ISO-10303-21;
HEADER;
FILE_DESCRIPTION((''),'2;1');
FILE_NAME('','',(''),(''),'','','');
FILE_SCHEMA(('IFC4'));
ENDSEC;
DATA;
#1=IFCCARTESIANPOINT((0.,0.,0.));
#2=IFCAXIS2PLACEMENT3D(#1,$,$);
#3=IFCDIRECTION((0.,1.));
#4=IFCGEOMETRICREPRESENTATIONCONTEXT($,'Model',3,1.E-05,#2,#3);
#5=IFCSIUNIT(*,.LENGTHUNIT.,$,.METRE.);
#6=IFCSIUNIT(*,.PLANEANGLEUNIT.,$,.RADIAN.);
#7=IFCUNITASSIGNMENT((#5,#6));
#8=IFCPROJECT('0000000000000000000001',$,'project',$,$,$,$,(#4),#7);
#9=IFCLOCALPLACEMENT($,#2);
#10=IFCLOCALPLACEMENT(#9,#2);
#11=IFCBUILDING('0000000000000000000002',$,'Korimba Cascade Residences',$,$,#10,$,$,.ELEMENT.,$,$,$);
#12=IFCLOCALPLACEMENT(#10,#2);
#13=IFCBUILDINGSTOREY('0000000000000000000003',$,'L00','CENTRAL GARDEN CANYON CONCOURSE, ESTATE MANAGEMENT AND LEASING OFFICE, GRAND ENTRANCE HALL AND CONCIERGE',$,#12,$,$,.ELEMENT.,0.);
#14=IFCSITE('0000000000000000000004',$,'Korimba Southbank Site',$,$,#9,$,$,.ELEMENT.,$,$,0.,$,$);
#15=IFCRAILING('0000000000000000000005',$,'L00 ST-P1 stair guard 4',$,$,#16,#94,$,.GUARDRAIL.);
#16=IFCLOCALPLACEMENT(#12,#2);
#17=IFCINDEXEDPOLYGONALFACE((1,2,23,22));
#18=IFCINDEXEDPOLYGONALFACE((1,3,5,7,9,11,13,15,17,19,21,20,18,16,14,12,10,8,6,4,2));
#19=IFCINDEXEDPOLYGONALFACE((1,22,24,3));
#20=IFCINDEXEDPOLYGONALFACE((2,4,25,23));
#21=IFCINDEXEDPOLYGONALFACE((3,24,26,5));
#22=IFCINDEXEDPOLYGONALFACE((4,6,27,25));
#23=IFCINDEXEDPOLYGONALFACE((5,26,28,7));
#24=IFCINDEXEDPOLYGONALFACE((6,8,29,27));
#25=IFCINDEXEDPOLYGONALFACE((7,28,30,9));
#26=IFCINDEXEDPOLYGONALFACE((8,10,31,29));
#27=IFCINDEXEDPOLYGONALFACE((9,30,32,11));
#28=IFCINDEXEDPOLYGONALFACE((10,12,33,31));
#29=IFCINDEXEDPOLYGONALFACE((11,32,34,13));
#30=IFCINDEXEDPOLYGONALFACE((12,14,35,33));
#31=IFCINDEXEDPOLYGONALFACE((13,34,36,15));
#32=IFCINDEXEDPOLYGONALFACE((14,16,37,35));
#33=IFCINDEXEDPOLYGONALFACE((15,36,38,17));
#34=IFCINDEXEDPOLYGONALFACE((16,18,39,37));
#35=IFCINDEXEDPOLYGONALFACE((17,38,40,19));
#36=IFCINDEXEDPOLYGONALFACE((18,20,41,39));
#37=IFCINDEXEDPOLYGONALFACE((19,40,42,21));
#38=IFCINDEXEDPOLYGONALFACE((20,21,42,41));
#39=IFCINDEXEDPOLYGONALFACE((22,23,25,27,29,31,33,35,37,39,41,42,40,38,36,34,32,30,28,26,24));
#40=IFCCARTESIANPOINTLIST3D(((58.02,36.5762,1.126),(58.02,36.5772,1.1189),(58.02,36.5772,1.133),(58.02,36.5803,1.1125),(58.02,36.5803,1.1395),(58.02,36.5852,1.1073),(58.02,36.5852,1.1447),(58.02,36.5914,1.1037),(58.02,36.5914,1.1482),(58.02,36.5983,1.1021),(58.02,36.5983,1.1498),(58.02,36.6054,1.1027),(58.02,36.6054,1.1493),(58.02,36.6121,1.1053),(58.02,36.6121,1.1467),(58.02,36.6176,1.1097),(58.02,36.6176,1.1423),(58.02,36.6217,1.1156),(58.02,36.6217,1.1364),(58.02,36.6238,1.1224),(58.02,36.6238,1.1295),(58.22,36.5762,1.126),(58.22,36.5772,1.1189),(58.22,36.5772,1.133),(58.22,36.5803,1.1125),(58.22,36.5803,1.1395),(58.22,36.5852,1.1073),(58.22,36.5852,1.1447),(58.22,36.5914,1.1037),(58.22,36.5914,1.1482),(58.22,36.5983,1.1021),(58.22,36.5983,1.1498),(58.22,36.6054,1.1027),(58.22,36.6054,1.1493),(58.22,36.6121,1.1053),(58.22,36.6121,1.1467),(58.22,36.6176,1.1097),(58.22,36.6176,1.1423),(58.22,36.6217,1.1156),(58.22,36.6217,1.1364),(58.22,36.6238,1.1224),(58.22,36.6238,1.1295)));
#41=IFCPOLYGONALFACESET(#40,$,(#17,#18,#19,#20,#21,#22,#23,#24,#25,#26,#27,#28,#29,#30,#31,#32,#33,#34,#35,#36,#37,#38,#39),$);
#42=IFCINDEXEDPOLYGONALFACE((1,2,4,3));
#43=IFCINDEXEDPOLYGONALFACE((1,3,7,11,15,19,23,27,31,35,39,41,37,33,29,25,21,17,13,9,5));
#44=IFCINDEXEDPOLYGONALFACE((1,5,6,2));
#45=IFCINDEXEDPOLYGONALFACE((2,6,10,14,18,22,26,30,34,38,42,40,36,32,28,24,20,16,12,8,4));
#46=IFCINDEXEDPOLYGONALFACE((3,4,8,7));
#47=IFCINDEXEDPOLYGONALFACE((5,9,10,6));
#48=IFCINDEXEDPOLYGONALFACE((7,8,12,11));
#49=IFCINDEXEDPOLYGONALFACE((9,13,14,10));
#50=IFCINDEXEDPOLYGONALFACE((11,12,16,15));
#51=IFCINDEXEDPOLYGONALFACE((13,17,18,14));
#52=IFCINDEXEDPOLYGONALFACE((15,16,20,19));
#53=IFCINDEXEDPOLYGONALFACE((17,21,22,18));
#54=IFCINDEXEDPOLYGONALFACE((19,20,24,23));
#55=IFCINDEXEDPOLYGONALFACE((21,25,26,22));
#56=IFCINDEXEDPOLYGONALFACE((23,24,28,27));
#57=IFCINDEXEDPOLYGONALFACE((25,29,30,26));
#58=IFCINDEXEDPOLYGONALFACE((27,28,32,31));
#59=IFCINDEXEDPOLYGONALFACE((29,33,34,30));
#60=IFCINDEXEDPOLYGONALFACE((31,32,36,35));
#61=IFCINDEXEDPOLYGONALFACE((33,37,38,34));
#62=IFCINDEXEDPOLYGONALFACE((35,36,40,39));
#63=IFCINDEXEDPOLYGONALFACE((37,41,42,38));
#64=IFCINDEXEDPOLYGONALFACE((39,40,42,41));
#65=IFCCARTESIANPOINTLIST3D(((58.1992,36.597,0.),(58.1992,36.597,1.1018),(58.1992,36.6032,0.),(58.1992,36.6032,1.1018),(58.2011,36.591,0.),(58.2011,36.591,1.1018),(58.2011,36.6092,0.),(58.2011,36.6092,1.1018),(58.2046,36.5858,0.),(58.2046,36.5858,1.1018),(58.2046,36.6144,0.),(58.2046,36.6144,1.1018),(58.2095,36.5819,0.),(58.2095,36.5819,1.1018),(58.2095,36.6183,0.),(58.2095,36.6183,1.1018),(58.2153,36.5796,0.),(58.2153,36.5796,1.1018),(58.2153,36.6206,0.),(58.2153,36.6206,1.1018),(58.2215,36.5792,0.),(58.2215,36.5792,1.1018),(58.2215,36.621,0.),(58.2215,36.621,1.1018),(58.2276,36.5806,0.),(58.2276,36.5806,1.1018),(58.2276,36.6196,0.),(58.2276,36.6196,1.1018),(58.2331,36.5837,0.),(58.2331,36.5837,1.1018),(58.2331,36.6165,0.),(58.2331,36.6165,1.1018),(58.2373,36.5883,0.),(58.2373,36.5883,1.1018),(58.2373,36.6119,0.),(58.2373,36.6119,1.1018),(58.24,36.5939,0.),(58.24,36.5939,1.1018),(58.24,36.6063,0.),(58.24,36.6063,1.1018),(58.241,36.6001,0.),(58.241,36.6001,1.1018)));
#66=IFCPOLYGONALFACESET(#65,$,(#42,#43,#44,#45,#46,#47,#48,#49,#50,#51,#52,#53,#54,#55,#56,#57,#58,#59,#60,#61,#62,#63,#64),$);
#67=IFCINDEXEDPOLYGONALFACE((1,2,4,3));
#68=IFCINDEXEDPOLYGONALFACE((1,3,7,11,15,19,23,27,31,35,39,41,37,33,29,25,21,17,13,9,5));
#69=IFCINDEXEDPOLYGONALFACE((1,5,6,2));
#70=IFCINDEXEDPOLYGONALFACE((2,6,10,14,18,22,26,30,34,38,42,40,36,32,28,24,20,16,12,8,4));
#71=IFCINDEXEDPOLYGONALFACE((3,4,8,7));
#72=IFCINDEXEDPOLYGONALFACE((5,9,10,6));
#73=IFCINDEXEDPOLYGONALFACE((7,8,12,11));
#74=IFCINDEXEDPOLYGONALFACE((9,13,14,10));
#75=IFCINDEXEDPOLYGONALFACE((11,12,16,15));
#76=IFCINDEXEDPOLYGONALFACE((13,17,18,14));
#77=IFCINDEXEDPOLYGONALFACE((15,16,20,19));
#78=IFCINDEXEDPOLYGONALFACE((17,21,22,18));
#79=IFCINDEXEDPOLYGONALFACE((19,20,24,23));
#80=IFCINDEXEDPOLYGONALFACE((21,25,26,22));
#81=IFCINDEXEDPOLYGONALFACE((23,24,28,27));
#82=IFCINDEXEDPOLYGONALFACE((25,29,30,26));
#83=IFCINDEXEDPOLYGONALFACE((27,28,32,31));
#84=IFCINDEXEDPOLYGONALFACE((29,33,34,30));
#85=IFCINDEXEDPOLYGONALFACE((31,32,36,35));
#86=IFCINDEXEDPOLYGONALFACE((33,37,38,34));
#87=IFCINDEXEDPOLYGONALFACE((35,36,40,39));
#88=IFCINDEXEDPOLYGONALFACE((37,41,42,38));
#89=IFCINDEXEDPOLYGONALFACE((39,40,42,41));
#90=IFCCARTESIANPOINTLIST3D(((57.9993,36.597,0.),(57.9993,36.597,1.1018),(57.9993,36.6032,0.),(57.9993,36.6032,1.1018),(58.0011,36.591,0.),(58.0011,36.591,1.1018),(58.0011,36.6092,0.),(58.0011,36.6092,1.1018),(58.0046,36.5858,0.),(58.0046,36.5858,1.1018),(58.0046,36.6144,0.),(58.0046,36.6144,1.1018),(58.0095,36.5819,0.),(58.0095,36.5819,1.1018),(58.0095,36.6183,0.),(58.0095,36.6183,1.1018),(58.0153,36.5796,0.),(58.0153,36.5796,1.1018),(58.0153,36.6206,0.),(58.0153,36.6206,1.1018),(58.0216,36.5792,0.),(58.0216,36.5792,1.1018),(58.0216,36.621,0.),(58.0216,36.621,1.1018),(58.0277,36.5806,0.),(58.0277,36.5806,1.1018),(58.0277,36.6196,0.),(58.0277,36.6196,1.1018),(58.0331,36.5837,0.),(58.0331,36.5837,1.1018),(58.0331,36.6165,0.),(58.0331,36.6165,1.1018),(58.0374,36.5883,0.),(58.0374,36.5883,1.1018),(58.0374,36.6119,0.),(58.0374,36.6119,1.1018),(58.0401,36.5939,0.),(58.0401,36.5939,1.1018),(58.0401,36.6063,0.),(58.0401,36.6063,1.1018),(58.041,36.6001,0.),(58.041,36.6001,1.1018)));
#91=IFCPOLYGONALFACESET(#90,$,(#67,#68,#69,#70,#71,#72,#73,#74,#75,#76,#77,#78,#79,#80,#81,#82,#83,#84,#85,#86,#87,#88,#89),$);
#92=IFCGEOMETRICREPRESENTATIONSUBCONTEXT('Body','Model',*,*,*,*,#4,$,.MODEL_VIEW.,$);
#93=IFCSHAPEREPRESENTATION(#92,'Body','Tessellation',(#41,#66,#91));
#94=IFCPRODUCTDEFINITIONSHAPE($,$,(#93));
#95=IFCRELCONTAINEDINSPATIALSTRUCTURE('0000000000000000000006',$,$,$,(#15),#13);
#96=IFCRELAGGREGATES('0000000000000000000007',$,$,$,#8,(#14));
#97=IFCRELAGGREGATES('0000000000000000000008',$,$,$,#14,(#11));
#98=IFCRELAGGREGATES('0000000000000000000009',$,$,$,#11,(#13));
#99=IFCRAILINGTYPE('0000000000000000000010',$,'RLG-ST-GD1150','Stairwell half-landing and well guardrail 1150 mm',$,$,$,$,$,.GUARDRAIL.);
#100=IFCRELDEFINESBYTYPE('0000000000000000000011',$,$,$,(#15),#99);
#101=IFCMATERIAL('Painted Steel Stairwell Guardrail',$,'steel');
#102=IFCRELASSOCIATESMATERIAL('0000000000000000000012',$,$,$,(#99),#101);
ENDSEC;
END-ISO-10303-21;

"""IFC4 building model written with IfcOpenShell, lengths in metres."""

from ifc_helpers import new_model, si_unit, direction, frame, origin, origin_2d, place, context, subcontext, project, spatial, circle, extrude, material, type_object, element, save


model = new_model("IFC4")

# Units and contexts
model_context = context("Model", 3, precision=1e-05, world=origin(), true_north=direction((0.0, 1.0)))
body_context = subcontext(model_context, "Body", "Model", "MODEL_VIEW")
ifc_project = project(units=[si_unit("LENGTHUNIT", "METRE"), si_unit("PLANEANGLEUNIT", "RADIAN")], contexts=[model_context])

# Site, building, storey
site_placement = place(None, origin())
site = spatial("IfcSite", under=ifc_project, at=site_placement, Name="Korimba Southbank Site", CompositionType="ELEMENT", RefElevation=0.0)
building_placement = place(site_placement, origin())
building = spatial("IfcBuilding", under=site, at=building_placement, Name="Korimba Cascade Residences", CompositionType="ELEMENT")
storey_placement = place(building_placement, origin())
storey = spatial("IfcBuildingStorey", under=building, at=storey_placement, Name="L00", Description="CENTRAL GARDEN CANYON CONCOURSE, ESTATE MANAGEMENT AND LEASING OFFICE, GRAND ENTRANCE HALL AND CONCIERGE", CompositionType="ELEMENT", Elevation=0.0)

# Railing
ifc_material_1 = material(Name="Painted Steel Stairwell Guardrail", Category="steel")
railing_type_1 = type_object("IfcRailingType", Name="RLG-ST-GD1150", Description="Stairwell half-landing and well guardrail 1150 mm", PredefinedType="GUARDRAIL", material=ifc_material_1)
railing_1_placement = place(storey_placement, frame((58.22, 36.6001, 0.0)))
element("IfcRailing", 1, at=railing_1_placement, inside=storey, type_object=railing_type_1, Name="L00 ST-P1 stair guard 4", PredefinedType="GUARDRAIL", context=body_context, shape_type="SweptSolid", body=[
    extrude(circle(Radius=0.0239, at=origin_2d()), frame((0.0, 0.0, 1.126), z_axis=(-1.0, 0.0, 0.0), x_axis=(0.0, -1.0, 0.0)), (0.0, 0.0, 1.0), 0.2),
    extrude(circle(Radius=0.021, at=origin_2d()), origin(), (0.0, 0.0, 1.0), 1.1018),
    extrude(circle(Radius=0.021, at=origin_2d()), frame((-0.2, 0.0, 0.0)), (0.0, 0.0, 1.0), 1.1018),
])

save(model, "model.ifc")
